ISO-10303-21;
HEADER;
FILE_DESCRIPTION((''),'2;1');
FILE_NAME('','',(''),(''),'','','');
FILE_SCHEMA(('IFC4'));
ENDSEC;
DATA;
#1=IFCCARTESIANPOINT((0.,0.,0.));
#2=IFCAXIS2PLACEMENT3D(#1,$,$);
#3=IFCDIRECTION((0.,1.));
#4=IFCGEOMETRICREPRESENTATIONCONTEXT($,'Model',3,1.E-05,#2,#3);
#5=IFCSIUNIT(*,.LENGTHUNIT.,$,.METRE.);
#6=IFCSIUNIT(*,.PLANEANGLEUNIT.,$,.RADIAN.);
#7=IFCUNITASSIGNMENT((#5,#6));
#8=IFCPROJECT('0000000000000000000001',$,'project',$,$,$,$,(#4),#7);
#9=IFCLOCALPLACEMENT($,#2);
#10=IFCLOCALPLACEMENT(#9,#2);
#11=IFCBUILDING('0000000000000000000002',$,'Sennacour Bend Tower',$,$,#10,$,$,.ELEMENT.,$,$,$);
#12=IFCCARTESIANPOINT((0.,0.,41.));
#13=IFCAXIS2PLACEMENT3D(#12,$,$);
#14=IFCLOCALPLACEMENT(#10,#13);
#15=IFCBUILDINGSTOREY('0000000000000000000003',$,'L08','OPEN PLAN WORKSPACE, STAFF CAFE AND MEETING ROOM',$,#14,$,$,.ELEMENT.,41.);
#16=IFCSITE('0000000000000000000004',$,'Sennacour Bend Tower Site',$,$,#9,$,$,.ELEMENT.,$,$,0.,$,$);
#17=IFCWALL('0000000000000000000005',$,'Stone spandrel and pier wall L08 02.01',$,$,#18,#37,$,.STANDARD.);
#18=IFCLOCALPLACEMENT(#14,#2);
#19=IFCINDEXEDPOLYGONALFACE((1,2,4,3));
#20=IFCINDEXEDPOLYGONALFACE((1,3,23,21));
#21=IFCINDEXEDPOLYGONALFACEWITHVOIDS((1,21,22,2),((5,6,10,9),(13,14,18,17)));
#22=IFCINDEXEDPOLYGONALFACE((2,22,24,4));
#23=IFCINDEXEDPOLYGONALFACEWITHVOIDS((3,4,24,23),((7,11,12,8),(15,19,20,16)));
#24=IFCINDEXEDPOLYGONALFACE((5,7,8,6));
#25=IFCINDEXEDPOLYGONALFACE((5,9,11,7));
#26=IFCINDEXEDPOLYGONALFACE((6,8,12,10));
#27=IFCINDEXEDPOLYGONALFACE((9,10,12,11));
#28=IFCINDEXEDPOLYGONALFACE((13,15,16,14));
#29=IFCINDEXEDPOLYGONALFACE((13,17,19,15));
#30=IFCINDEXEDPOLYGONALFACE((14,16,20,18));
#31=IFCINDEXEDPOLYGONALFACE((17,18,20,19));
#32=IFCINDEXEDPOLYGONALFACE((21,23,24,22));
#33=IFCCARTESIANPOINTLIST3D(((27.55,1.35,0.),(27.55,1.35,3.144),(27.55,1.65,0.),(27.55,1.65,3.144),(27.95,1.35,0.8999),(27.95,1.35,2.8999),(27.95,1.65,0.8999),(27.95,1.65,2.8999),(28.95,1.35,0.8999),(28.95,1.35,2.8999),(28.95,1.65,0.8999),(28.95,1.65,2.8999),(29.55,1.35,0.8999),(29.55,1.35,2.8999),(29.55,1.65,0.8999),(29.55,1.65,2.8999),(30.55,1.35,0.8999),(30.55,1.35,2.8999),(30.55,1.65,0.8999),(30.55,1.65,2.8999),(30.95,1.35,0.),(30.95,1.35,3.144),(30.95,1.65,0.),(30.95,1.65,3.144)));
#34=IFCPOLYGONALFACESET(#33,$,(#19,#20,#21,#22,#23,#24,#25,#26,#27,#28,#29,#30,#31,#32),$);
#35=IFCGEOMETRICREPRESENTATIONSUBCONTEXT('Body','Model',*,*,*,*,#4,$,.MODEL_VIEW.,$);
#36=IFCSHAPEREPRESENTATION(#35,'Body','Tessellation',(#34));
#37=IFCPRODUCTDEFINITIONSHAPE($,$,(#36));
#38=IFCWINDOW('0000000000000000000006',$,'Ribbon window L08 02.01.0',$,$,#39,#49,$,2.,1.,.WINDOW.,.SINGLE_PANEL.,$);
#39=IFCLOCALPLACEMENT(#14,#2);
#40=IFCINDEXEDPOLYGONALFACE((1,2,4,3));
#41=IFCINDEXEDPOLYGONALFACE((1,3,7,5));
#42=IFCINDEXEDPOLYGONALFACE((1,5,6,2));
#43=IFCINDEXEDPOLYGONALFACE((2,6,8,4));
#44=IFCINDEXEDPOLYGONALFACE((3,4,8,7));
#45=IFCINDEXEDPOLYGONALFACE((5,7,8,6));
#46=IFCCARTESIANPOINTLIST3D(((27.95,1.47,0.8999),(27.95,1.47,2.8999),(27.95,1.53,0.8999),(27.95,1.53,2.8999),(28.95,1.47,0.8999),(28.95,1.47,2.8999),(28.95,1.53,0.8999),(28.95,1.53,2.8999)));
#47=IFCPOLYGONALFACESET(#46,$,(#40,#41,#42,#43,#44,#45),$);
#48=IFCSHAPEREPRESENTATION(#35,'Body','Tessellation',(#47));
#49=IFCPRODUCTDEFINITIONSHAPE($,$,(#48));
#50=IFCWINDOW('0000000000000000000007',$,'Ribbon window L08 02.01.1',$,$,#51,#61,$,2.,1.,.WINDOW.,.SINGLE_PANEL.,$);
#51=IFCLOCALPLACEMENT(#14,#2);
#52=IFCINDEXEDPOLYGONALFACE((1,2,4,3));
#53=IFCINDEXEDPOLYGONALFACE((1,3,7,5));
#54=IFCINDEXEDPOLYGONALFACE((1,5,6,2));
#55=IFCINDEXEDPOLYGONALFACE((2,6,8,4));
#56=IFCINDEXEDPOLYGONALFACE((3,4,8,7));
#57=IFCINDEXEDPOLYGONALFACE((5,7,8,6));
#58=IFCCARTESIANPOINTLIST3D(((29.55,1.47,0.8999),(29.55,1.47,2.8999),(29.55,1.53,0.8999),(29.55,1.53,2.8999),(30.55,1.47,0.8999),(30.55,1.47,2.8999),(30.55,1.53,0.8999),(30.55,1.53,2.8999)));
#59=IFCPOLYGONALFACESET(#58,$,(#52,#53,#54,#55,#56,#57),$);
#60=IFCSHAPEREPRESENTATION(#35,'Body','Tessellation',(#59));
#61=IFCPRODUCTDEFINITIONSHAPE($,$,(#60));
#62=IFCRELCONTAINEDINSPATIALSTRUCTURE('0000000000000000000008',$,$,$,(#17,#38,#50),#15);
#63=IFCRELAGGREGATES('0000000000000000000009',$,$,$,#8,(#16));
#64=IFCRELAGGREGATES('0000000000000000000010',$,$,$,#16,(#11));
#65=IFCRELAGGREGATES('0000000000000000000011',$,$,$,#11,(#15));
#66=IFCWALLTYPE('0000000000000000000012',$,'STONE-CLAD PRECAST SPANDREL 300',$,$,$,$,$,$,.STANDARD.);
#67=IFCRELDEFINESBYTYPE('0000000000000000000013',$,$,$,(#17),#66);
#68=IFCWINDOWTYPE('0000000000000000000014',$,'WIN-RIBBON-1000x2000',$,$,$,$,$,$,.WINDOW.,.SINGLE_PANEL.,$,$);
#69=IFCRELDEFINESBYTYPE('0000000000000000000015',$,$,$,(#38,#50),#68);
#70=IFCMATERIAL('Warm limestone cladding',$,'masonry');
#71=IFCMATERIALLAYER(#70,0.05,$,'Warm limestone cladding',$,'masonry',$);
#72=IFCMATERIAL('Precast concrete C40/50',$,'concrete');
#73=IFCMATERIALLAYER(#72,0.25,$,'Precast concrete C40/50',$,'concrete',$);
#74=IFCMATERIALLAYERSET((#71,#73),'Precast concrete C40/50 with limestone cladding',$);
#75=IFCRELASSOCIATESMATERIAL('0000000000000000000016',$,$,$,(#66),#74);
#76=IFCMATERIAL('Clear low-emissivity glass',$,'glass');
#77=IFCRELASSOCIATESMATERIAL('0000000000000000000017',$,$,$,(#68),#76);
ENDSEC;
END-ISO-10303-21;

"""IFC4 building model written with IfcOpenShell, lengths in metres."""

from ifc_helpers import new_model, si_unit, direction, frame, frame_2d, origin, place, context, subcontext, project, spatial, rectangle, extrude, material, layer, layer_set, type_object, element, fill, save


model = new_model("IFC4")

# Units and contexts
model_context = context("Model", 3, precision=1e-05, world=origin(), true_north=direction((0.0, 1.0)))
body_context = subcontext(model_context, "Body", "Model", "MODEL_VIEW")
ifc_project = project(units=[si_unit("LENGTHUNIT", "METRE"), si_unit("PLANEANGLEUNIT", "RADIAN")], contexts=[model_context])

# Site, building, storey
site_placement = place(None, origin())
site = spatial("IfcSite", under=ifc_project, at=site_placement, Name="Sennacour Bend Tower Site", CompositionType="ELEMENT", RefElevation=0.0)
building_placement = place(site_placement, origin())
building = spatial("IfcBuilding", under=site, at=building_placement, Name="Sennacour Bend Tower", CompositionType="ELEMENT")
storey_placement = place(building_placement, frame((0.0, 0.0, 41.0)))
storey = spatial("IfcBuildingStorey", under=building, at=storey_placement, Name="L08", Description="OPEN PLAN WORKSPACE, STAFF CAFE AND MEETING ROOM", CompositionType="ELEMENT", Elevation=41.0)

# Shared definitions
ifc_material_1 = material(Name="Warm limestone cladding", Category="masonry")
ifc_layer_1 = layer(ifc_material_1, 0.05, Name="Warm limestone cladding", Category="masonry")
ifc_material_2 = material(Name="Precast concrete C40/50", Category="concrete")
ifc_layer_2 = layer(ifc_material_2, 0.25, Name="Precast concrete C40/50", Category="concrete")
ifc_layer_set_1 = layer_set([ifc_layer_1, ifc_layer_2], Name="Precast concrete C40/50 with limestone cladding")
wall_type_1 = type_object("IfcWallType", Name="STONE-CLAD PRECAST SPANDREL 300", PredefinedType="STANDARD", material=ifc_layer_set_1)

# Wall, openings, windows
ifc_material_3 = material(Name="Clear low-emissivity glass", Category="glass")
window_type = type_object("IfcWindowType", Name="WIN-RIBBON-1000x2000", PartitioningType="SINGLE_PANEL", PredefinedType="WINDOW", material=ifc_material_3)
wall_1_placement = place(storey_placement, frame((27.55, 1.5, 0.0), z_axis=(0.0, 0.0, 1.0), x_axis=(1.0, 0.0, 0.0)))
wall_1 = element("IfcWall", 1, at=wall_1_placement, inside=storey, type_object=wall_type_1, Name="Stone spandrel and pier wall L08 02.01", PredefinedType="STANDARD", context=body_context, shape_type="SweptSolid", body=[
    extrude(rectangle(XDim=3.3999, YDim=0.3, at=frame_2d((1.7, 0.0))), origin(), (0.0, 0.0, 1.0), 3.144),
])
opening_1_placement = place(wall_1_placement, frame((0.3999, 0.0, 0.8999)))
opening_1 = element("IfcOpeningElement", 2, at=opening_1_placement, cuts=wall_1, PredefinedType="OPENING", context=body_context, shape_type="SweptSolid", body=[
    extrude(rectangle(XDim=1.0, YDim=2.0, at=frame_2d((0.5, 1.0))), frame((0.0, 0.1602, 0.0), z_axis=(0.0, -1.0, 0.0), x_axis=(1.0, 0.0, 0.0)), (0.0, 0.0, 1.0), 0.3201),
])
opening_2_placement = place(wall_1_placement, frame((2.0, 0.0, 0.8999)))
opening_2 = element("IfcOpeningElement", 3, at=opening_2_placement, cuts=wall_1, PredefinedType="OPENING", context=body_context, shape_type="SweptSolid", body=[
    extrude(rectangle(XDim=1.0, YDim=2.0, at=frame_2d((0.5, 1.0))), frame((0.0, 0.1602, 0.0), z_axis=(0.0, -1.0, 0.0), x_axis=(1.0, 0.0, 0.0)), (0.0, 0.0, 1.0), 0.3201),
])
window_1_placement = place(opening_1_placement, origin())
window_1 = element("IfcWindow", 4, at=window_1_placement, inside=storey, type_object=window_type, Name="Ribbon window L08 02.01.0", OverallHeight=2.0, OverallWidth=1.0, PartitioningType="SINGLE_PANEL", PredefinedType="WINDOW", context=body_context, shape_type="SweptSolid", body=[
    extrude(rectangle(XDim=1.0, YDim=2.0, at=frame_2d((0.5, 1.0))), frame((0.0, 0.03, 0.0), z_axis=(0.0, -1.0, 0.0), x_axis=(1.0, 0.0, 0.0)), (0.0, 0.0, 1.0), 0.0601),
])
fill(opening_1, window_1)
window_2_placement = place(opening_2_placement, origin())
window_2 = element("IfcWindow", 5, at=window_2_placement, inside=storey, type_object=window_type, Name="Ribbon window L08 02.01.1", OverallHeight=2.0, OverallWidth=1.0, PartitioningType="SINGLE_PANEL", PredefinedType="WINDOW", context=body_context, shape_type="SweptSolid", body=[
    extrude(rectangle(XDim=1.0, YDim=2.0, at=frame_2d((0.5, 1.0))), frame((0.0, 0.03, 0.0), z_axis=(0.0, -1.0, 0.0), x_axis=(1.0, 0.0, 0.0)), (0.0, 0.0, 1.0), 0.0601),
])
fill(opening_2, window_2)

save(model, "model.ifc")
